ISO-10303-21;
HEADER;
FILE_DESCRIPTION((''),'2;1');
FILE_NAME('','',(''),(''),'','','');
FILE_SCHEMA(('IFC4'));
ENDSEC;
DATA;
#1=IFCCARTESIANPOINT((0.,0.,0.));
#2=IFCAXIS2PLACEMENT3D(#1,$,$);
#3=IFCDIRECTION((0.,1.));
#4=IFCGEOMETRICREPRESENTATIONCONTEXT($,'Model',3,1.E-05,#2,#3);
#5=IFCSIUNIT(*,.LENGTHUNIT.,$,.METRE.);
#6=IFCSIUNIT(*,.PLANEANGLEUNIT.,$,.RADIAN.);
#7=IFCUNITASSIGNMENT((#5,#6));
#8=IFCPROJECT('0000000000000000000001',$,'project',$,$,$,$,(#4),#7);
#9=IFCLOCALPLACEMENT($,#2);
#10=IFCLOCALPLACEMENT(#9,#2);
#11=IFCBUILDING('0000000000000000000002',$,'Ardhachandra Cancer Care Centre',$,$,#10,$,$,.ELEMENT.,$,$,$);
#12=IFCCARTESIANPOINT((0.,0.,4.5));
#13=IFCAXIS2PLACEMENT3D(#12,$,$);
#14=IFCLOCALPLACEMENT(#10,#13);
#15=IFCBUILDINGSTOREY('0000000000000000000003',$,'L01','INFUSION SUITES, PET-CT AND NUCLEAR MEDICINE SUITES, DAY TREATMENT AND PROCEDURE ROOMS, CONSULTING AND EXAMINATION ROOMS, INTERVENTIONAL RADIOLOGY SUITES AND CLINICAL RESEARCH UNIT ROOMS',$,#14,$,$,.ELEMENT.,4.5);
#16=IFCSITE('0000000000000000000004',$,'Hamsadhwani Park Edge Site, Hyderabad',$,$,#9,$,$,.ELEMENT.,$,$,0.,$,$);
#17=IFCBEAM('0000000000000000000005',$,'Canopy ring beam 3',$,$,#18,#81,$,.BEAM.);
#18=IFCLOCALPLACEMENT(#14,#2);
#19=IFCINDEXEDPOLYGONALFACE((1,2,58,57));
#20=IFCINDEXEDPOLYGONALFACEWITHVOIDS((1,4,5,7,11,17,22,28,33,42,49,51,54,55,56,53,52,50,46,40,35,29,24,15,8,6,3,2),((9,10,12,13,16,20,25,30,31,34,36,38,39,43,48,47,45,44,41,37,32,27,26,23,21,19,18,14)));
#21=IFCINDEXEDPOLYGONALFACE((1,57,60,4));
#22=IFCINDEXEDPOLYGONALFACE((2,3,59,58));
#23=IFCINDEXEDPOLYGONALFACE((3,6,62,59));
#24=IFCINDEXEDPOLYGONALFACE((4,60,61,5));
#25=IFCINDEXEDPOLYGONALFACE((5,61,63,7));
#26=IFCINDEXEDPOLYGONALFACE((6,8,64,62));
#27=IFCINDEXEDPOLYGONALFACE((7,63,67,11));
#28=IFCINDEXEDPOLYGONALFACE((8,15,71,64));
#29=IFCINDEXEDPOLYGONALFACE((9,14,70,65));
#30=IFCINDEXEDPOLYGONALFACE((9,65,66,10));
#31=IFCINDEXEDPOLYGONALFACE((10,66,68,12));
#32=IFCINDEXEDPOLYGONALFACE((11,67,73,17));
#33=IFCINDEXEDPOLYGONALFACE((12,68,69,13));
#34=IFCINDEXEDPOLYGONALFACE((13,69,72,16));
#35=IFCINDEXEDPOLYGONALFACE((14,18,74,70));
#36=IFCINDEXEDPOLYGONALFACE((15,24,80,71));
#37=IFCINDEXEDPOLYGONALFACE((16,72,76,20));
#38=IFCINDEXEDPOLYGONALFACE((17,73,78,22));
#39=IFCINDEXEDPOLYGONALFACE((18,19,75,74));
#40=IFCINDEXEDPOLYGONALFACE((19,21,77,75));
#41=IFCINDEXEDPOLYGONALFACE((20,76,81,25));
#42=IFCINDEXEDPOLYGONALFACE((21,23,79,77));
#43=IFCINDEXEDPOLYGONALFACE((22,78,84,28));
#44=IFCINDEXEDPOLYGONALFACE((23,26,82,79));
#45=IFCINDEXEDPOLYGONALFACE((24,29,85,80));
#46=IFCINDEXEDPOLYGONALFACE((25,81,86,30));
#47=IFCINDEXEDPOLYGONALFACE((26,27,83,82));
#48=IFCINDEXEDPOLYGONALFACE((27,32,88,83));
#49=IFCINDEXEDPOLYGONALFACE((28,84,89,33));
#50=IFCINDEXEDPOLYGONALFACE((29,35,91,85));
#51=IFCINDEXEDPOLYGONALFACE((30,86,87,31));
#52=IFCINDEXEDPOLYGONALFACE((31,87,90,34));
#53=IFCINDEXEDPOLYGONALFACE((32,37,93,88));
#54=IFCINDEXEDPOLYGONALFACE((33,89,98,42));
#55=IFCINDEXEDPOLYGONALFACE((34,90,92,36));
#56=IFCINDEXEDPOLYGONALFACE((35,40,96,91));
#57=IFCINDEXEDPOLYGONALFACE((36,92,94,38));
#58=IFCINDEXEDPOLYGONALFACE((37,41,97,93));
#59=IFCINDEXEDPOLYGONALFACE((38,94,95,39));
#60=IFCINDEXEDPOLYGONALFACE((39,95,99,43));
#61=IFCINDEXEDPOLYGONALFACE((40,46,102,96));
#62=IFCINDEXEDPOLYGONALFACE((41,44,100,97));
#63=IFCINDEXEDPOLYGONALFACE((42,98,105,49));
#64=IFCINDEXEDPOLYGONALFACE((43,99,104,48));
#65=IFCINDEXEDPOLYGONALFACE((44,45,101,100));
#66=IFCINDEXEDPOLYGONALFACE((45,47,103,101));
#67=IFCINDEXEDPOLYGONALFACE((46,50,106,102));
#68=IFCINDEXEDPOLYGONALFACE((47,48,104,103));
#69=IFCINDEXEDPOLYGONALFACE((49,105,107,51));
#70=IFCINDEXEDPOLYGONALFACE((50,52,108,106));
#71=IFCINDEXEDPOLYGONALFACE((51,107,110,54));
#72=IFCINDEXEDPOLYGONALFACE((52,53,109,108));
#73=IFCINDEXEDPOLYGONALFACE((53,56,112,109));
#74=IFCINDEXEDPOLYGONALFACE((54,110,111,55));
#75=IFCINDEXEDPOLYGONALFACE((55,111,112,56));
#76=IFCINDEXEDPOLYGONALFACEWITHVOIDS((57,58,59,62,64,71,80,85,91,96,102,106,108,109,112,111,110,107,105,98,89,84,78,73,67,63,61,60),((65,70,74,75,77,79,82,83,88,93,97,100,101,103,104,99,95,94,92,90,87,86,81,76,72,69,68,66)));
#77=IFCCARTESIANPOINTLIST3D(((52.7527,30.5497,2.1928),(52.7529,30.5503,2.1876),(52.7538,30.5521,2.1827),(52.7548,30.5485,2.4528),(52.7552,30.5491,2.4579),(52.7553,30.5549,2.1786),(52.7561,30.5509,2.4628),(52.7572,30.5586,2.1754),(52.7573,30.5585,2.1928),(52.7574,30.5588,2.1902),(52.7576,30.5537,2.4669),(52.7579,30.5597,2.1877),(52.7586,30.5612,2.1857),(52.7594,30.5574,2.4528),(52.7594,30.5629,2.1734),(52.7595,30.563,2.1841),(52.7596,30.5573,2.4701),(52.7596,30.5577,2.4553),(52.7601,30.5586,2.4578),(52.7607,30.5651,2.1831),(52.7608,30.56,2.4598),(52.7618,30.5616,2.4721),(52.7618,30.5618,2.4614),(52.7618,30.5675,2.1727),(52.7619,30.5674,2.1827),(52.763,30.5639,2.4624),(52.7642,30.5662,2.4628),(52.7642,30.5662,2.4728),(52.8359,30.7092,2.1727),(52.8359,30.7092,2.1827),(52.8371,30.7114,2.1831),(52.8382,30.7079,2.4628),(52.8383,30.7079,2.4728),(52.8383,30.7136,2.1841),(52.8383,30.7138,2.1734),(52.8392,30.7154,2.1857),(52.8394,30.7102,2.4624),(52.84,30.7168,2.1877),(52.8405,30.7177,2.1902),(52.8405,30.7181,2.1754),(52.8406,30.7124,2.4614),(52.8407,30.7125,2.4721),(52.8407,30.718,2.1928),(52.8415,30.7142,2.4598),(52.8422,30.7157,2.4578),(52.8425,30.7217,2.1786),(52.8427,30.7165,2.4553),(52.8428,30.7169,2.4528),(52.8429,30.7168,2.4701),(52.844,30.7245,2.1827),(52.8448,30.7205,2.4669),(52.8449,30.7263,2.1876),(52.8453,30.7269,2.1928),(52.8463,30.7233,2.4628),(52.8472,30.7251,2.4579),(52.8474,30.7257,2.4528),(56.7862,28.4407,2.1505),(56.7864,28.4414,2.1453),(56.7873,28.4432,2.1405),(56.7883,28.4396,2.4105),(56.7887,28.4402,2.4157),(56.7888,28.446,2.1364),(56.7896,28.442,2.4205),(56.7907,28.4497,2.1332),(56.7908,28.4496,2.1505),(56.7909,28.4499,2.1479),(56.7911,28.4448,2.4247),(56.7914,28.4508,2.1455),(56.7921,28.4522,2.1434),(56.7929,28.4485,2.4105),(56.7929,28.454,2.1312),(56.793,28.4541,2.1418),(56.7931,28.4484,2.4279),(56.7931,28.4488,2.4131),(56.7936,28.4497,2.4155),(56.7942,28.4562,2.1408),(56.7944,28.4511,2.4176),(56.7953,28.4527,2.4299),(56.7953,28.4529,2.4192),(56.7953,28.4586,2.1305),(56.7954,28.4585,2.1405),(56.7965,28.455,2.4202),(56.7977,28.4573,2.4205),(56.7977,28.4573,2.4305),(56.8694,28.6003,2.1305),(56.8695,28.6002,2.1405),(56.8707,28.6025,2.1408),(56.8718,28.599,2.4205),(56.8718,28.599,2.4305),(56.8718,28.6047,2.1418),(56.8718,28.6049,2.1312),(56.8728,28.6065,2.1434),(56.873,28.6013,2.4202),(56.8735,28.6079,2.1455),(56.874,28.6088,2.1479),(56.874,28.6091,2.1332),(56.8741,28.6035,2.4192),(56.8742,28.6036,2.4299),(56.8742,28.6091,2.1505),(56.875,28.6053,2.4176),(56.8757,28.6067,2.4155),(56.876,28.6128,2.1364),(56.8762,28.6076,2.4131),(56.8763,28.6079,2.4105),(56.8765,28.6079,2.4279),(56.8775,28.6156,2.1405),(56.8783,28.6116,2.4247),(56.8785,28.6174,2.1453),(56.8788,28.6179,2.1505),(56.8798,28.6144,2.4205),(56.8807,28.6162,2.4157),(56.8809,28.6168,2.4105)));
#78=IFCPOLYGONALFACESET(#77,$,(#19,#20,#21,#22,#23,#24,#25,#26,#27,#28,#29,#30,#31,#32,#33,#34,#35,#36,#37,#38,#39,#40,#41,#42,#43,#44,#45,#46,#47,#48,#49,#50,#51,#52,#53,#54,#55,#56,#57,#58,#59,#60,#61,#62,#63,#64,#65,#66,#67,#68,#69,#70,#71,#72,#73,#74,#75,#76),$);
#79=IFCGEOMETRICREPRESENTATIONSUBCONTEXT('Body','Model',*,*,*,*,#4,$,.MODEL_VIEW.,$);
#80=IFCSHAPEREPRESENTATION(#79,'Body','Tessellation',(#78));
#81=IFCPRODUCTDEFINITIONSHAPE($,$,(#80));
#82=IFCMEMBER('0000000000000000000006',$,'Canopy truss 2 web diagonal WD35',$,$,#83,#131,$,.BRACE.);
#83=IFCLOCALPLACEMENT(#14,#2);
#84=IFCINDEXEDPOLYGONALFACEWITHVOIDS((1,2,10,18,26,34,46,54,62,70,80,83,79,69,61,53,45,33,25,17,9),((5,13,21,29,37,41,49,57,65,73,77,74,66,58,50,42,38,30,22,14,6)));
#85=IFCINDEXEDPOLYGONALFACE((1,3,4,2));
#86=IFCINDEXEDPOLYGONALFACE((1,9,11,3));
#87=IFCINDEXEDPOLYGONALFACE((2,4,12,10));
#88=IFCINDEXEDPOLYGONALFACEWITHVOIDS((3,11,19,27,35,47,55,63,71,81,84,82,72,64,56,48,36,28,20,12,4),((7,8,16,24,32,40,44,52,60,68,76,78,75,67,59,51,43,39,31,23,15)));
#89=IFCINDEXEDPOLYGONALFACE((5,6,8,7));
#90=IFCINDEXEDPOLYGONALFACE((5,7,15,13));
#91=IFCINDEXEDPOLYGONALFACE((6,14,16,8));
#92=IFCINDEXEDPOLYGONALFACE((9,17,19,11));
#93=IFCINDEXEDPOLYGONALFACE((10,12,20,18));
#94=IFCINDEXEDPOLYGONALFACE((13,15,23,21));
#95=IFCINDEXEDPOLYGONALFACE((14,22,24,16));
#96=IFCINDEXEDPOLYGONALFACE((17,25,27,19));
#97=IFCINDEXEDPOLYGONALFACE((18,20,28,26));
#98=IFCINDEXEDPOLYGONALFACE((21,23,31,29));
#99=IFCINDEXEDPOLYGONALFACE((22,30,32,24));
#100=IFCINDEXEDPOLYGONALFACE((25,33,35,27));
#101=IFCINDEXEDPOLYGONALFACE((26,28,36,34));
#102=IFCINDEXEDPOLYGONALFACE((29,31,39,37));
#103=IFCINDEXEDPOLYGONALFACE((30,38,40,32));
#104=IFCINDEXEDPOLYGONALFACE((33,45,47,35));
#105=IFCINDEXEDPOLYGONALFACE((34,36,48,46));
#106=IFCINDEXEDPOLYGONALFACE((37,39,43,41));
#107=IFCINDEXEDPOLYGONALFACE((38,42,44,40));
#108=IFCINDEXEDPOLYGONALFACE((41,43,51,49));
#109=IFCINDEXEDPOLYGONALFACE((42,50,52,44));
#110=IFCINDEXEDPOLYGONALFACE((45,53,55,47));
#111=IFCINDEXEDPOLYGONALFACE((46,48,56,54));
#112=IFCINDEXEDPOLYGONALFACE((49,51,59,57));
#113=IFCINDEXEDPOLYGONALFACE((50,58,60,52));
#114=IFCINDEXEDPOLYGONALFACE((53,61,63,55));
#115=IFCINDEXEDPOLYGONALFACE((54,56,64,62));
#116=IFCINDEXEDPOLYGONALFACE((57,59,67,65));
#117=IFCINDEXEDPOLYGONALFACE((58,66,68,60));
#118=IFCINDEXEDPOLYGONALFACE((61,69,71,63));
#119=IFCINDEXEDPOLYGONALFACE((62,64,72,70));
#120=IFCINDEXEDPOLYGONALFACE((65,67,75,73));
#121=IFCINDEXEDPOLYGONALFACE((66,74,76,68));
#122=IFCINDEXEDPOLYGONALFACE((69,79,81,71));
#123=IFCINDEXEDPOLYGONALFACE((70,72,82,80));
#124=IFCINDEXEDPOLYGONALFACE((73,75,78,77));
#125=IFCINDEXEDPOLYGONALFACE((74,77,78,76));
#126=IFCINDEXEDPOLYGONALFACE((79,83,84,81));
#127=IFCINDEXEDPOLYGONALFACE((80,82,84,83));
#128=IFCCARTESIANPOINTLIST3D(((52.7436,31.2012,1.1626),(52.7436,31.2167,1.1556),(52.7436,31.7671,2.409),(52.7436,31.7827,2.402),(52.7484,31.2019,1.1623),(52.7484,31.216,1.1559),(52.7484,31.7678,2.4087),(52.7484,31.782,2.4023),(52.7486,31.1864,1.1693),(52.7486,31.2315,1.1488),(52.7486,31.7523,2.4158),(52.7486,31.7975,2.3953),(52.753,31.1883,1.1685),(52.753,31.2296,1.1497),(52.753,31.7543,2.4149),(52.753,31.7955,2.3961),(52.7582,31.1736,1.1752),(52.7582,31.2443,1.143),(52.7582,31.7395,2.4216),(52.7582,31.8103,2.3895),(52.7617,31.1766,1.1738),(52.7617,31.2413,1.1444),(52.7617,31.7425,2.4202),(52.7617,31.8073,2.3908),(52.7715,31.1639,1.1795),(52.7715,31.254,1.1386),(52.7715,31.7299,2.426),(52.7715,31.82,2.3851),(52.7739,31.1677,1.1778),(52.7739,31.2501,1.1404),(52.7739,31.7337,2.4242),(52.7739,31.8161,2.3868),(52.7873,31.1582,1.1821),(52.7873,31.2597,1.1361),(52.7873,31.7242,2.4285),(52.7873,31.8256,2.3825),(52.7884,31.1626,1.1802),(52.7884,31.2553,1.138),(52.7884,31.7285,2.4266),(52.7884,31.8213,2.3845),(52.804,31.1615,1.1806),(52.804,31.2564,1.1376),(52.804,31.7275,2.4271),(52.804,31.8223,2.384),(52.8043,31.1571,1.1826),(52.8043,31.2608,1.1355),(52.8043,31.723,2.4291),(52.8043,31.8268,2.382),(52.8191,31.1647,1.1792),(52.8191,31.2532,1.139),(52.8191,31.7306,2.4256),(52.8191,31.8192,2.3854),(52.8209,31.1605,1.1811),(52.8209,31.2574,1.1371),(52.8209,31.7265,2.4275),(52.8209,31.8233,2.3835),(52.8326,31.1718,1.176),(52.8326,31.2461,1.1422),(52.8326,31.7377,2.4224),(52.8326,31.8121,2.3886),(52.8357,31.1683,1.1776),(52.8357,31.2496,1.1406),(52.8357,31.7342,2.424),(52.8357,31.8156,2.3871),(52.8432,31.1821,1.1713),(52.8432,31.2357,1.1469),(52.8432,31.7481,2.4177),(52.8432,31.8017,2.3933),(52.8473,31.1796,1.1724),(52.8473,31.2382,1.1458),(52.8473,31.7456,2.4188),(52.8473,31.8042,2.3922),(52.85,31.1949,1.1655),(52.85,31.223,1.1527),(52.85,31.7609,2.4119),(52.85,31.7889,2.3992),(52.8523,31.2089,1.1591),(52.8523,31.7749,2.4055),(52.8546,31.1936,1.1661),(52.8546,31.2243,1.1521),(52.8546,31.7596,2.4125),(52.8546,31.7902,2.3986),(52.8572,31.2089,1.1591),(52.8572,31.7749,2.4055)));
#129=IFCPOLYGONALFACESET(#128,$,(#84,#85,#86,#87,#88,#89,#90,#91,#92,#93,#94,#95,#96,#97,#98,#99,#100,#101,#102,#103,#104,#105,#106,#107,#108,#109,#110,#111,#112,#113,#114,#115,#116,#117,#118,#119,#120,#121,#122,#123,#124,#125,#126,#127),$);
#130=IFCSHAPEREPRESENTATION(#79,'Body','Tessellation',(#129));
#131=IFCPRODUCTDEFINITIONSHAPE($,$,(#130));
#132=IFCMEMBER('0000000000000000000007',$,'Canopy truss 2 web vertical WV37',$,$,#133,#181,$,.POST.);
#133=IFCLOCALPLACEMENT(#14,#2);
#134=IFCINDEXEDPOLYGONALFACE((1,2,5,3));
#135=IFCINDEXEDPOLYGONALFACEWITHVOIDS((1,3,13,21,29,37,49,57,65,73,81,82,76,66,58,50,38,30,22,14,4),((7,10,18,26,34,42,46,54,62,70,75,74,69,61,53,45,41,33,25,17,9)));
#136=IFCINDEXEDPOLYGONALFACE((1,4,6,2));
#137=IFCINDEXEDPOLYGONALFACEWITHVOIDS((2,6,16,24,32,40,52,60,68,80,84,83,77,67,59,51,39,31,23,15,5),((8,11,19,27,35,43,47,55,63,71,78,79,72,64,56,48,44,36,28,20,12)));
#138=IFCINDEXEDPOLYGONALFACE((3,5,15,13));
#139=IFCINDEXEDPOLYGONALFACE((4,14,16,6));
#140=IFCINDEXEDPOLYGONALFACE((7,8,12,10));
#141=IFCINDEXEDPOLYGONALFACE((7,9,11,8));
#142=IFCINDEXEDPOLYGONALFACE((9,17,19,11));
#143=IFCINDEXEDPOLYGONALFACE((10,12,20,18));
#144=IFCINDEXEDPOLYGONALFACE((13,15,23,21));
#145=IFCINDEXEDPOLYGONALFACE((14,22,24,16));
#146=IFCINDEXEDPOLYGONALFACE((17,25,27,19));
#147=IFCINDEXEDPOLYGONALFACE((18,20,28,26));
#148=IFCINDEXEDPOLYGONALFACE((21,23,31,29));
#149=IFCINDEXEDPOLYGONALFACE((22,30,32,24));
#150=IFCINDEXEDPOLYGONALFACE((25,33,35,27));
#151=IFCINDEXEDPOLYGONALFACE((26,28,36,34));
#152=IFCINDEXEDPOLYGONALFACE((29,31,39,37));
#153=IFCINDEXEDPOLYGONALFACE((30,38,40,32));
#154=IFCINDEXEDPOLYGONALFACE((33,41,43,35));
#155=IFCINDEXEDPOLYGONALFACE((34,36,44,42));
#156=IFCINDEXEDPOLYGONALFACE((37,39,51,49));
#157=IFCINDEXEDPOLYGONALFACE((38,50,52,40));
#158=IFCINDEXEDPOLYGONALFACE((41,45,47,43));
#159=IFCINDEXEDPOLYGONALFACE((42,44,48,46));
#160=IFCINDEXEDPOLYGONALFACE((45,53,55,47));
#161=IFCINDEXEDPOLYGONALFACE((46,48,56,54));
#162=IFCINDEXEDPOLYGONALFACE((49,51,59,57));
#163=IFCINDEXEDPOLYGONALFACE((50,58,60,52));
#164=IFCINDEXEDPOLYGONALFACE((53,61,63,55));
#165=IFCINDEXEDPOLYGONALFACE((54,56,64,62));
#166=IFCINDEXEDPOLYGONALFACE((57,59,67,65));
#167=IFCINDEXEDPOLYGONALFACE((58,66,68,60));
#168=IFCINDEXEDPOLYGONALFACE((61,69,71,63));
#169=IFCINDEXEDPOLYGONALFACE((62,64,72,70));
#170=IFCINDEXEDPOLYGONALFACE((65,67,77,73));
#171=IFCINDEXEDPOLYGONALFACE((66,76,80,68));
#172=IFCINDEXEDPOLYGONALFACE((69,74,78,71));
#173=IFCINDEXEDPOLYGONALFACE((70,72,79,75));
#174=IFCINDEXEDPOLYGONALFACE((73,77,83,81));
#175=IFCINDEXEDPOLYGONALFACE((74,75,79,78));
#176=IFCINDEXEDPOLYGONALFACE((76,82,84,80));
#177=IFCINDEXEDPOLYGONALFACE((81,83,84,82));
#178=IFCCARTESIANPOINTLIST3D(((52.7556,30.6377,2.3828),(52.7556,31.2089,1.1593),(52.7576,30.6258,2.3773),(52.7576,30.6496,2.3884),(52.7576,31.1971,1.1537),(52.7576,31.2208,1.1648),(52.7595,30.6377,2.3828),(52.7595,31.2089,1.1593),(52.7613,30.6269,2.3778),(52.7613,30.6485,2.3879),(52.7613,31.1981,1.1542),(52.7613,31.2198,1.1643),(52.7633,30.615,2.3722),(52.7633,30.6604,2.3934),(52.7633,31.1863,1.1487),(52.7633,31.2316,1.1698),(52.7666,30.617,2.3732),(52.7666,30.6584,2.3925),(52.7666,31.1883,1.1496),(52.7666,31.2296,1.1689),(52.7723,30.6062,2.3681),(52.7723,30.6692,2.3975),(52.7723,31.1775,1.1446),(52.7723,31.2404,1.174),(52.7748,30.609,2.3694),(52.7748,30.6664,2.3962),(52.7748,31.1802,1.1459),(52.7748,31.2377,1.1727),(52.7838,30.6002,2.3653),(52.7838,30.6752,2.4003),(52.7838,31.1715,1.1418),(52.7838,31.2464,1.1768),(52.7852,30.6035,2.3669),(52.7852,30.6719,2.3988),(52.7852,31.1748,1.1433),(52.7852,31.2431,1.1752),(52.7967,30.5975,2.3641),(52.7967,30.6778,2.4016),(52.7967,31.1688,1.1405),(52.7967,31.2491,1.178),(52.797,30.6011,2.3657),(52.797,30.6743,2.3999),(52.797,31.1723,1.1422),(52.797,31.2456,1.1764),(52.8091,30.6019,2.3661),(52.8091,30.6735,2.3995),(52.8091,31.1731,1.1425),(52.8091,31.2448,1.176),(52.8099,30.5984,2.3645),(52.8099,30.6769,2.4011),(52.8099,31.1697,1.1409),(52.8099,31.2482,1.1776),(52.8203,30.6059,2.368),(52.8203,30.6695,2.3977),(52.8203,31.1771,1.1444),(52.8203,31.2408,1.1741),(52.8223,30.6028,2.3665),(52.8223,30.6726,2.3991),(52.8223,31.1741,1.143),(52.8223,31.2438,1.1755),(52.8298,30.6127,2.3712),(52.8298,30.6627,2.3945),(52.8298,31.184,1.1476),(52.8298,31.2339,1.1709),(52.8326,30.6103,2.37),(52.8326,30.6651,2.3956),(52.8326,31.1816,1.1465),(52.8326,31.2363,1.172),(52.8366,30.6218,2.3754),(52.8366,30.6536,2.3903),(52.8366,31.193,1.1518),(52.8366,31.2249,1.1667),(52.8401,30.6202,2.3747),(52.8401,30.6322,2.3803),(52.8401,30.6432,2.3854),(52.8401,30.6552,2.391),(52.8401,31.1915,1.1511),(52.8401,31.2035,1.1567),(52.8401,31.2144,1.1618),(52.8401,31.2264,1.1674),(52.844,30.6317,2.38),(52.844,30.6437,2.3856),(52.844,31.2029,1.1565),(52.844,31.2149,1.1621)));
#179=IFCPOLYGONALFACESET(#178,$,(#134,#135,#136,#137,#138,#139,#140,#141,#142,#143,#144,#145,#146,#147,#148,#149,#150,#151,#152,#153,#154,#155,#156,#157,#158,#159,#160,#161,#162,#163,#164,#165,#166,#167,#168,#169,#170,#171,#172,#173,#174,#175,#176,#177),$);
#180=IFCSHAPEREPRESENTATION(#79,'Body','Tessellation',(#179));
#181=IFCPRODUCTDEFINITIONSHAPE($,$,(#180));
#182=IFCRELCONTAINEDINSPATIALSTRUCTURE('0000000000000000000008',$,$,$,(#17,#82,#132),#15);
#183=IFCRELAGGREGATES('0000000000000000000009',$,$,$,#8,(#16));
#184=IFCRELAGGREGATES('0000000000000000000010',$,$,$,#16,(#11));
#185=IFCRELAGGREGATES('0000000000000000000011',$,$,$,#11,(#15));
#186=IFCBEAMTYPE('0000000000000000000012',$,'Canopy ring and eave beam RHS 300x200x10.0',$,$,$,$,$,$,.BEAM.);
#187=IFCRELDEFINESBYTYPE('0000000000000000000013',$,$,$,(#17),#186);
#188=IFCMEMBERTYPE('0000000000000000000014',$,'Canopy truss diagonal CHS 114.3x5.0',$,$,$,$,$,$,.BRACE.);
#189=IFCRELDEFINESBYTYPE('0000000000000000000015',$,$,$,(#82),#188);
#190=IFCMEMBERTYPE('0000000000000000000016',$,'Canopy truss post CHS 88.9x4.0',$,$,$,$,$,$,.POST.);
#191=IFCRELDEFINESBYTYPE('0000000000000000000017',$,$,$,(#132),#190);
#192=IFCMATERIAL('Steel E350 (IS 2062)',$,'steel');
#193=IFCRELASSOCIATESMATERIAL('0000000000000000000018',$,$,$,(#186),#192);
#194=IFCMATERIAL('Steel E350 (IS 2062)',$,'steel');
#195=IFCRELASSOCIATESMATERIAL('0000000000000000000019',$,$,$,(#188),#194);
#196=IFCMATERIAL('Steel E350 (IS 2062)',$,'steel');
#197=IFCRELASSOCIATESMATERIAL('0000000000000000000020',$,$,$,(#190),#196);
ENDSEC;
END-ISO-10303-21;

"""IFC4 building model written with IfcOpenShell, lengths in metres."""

from ifc_helpers import new_model, si_unit, direction, frame, origin, origin_2d, place, context, subcontext, project, spatial, hollow_rectangle, hollow_circle, extrude, material, material_profile, profile_set, type_object, element, save


model = new_model("IFC4")

# Units and contexts
model_context = context("Model", 3, precision=1e-05, world=origin(), true_north=direction((0.0, 1.0)))
body_context = subcontext(model_context, "Body", "Model", "MODEL_VIEW")
ifc_project = project(units=[si_unit("LENGTHUNIT", "METRE"), si_unit("PLANEANGLEUNIT", "RADIAN")], contexts=[model_context])

# Site, building, storey
site_placement = place(None, origin())
site = spatial("IfcSite", under=ifc_project, at=site_placement, Name="Hamsadhwani Park Edge Site, Hyderabad", CompositionType="ELEMENT", RefElevation=0.0)
building_placement = place(site_placement, origin())
building = spatial("IfcBuilding", under=site, at=building_placement, Name="Ardhachandra Cancer Care Centre", CompositionType="ELEMENT")
storey_placement = place(building_placement, frame((0.0, 0.0, 4.5)))
storey = spatial("IfcBuildingStorey", under=building, at=storey_placement, Name="L01", Description="INFUSION SUITES, PET-CT AND NUCLEAR MEDICINE SUITES, DAY TREATMENT AND PROCEDURE ROOMS, CONSULTING AND EXAMINATION ROOMS, INTERVENTIONAL RADIOLOGY SUITES AND CLINICAL RESEARCH UNIT ROOMS", CompositionType="ELEMENT", Elevation=4.5)

# Beam
ifc_material_1 = material(Name="Steel E350 (IS 2062)", Category="steel")
ifc_material_profile_1 = material_profile(ifc_material_1, hollow_rectangle(XDim=0.2, YDim=0.3, WallThickness=0.01, InnerFilletRadius=0.01, OuterFilletRadius=0.02, at=origin_2d()), Name="RHS 300x200x10.0")
ifc_profile_set_1 = profile_set([ifc_material_profile_1], Name="Steel E350 (IS 2062)")
beam_type = type_object("IfcBeamType", Name="Canopy ring and eave beam RHS 300x200x10.0", PredefinedType="BEAM", material=ifc_profile_set_1)
beam_1_placement = place(storey_placement, frame((52.8, 30.6377, 2.3228), z_axis=(0.886143, -0.463319, -0.009279), x_axis=(0.463339, 0.886181, 0.0)))
element("IfcBeam", 1, at=beam_1_placement, inside=storey, type_object=beam_type, Name="Canopy ring beam 3", PredefinedType="BEAM", context=body_context, shape_type="SweptSolid", body=[
    extrude(hollow_rectangle(XDim=0.2, YDim=0.3, WallThickness=0.01, InnerFilletRadius=0.01, OuterFilletRadius=0.02, at=origin_2d()), origin(), (0.0, 0.0, 1.0), 4.5518),
])

# Members
ifc_material_2 = material(Name="Steel E350 (IS 2062)", Category="steel")
ifc_material_profile_2 = material_profile(ifc_material_2, hollow_circle(Radius=0.0571, WallThickness=0.0049, at=origin_2d()), Name="CHS 114.3x5.0")
ifc_profile_set_2 = profile_set([ifc_material_profile_2], Name="Steel E350 (IS 2062)")
member_type_1 = type_object("IfcMemberType", Name="Canopy truss diagonal CHS 114.3x5.0", PredefinedType="BRACE", material=ifc_profile_set_2)
member_1_placement = place(storey_placement, frame((52.8, 31.7749, 2.4055), z_axis=(0.0, -0.41344, -0.910531), x_axis=(1.0, 0.0, 0.0)))
element("IfcMember", 2, at=member_1_placement, inside=storey, type_object=member_type_1, Name="Canopy truss 2 web diagonal WD35", PredefinedType="BRACE", context=body_context, shape_type="SweptSolid", body=[
    extrude(hollow_circle(Radius=0.0571, WallThickness=0.0049, at=origin_2d()), origin(), (0.0, 0.0, 1.0), 1.3689),
])
ifc_material_3 = material(Name="Steel E350 (IS 2062)", Category="steel")
ifc_material_profile_3 = material_profile(ifc_material_3, hollow_circle(Radius=0.0444, WallThickness=0.0039, at=origin_2d()), Name="CHS 88.9x4.0")
ifc_profile_set_3 = profile_set([ifc_material_profile_3], Name="Steel E350 (IS 2062)")
member_type_2 = type_object("IfcMemberType", Name="Canopy truss post CHS 88.9x4.0", PredefinedType="POST", material=ifc_profile_set_3)
member_2_placement = place(storey_placement, frame((52.8, 30.6377, 2.3828), z_axis=(0.0, 0.423044, -0.906109), x_axis=(-1.0, 0.0, 0.0)))
element("IfcMember", 3, at=member_2_placement, inside=storey, type_object=member_type_2, Name="Canopy truss 2 web vertical WV37", PredefinedType="POST", context=body_context, shape_type="SweptSolid", body=[
    extrude(hollow_circle(Radius=0.0444, WallThickness=0.0039, at=origin_2d()), origin(), (0.0, 0.0, 1.0), 1.3503),
])

save(model, "model.ifc")
